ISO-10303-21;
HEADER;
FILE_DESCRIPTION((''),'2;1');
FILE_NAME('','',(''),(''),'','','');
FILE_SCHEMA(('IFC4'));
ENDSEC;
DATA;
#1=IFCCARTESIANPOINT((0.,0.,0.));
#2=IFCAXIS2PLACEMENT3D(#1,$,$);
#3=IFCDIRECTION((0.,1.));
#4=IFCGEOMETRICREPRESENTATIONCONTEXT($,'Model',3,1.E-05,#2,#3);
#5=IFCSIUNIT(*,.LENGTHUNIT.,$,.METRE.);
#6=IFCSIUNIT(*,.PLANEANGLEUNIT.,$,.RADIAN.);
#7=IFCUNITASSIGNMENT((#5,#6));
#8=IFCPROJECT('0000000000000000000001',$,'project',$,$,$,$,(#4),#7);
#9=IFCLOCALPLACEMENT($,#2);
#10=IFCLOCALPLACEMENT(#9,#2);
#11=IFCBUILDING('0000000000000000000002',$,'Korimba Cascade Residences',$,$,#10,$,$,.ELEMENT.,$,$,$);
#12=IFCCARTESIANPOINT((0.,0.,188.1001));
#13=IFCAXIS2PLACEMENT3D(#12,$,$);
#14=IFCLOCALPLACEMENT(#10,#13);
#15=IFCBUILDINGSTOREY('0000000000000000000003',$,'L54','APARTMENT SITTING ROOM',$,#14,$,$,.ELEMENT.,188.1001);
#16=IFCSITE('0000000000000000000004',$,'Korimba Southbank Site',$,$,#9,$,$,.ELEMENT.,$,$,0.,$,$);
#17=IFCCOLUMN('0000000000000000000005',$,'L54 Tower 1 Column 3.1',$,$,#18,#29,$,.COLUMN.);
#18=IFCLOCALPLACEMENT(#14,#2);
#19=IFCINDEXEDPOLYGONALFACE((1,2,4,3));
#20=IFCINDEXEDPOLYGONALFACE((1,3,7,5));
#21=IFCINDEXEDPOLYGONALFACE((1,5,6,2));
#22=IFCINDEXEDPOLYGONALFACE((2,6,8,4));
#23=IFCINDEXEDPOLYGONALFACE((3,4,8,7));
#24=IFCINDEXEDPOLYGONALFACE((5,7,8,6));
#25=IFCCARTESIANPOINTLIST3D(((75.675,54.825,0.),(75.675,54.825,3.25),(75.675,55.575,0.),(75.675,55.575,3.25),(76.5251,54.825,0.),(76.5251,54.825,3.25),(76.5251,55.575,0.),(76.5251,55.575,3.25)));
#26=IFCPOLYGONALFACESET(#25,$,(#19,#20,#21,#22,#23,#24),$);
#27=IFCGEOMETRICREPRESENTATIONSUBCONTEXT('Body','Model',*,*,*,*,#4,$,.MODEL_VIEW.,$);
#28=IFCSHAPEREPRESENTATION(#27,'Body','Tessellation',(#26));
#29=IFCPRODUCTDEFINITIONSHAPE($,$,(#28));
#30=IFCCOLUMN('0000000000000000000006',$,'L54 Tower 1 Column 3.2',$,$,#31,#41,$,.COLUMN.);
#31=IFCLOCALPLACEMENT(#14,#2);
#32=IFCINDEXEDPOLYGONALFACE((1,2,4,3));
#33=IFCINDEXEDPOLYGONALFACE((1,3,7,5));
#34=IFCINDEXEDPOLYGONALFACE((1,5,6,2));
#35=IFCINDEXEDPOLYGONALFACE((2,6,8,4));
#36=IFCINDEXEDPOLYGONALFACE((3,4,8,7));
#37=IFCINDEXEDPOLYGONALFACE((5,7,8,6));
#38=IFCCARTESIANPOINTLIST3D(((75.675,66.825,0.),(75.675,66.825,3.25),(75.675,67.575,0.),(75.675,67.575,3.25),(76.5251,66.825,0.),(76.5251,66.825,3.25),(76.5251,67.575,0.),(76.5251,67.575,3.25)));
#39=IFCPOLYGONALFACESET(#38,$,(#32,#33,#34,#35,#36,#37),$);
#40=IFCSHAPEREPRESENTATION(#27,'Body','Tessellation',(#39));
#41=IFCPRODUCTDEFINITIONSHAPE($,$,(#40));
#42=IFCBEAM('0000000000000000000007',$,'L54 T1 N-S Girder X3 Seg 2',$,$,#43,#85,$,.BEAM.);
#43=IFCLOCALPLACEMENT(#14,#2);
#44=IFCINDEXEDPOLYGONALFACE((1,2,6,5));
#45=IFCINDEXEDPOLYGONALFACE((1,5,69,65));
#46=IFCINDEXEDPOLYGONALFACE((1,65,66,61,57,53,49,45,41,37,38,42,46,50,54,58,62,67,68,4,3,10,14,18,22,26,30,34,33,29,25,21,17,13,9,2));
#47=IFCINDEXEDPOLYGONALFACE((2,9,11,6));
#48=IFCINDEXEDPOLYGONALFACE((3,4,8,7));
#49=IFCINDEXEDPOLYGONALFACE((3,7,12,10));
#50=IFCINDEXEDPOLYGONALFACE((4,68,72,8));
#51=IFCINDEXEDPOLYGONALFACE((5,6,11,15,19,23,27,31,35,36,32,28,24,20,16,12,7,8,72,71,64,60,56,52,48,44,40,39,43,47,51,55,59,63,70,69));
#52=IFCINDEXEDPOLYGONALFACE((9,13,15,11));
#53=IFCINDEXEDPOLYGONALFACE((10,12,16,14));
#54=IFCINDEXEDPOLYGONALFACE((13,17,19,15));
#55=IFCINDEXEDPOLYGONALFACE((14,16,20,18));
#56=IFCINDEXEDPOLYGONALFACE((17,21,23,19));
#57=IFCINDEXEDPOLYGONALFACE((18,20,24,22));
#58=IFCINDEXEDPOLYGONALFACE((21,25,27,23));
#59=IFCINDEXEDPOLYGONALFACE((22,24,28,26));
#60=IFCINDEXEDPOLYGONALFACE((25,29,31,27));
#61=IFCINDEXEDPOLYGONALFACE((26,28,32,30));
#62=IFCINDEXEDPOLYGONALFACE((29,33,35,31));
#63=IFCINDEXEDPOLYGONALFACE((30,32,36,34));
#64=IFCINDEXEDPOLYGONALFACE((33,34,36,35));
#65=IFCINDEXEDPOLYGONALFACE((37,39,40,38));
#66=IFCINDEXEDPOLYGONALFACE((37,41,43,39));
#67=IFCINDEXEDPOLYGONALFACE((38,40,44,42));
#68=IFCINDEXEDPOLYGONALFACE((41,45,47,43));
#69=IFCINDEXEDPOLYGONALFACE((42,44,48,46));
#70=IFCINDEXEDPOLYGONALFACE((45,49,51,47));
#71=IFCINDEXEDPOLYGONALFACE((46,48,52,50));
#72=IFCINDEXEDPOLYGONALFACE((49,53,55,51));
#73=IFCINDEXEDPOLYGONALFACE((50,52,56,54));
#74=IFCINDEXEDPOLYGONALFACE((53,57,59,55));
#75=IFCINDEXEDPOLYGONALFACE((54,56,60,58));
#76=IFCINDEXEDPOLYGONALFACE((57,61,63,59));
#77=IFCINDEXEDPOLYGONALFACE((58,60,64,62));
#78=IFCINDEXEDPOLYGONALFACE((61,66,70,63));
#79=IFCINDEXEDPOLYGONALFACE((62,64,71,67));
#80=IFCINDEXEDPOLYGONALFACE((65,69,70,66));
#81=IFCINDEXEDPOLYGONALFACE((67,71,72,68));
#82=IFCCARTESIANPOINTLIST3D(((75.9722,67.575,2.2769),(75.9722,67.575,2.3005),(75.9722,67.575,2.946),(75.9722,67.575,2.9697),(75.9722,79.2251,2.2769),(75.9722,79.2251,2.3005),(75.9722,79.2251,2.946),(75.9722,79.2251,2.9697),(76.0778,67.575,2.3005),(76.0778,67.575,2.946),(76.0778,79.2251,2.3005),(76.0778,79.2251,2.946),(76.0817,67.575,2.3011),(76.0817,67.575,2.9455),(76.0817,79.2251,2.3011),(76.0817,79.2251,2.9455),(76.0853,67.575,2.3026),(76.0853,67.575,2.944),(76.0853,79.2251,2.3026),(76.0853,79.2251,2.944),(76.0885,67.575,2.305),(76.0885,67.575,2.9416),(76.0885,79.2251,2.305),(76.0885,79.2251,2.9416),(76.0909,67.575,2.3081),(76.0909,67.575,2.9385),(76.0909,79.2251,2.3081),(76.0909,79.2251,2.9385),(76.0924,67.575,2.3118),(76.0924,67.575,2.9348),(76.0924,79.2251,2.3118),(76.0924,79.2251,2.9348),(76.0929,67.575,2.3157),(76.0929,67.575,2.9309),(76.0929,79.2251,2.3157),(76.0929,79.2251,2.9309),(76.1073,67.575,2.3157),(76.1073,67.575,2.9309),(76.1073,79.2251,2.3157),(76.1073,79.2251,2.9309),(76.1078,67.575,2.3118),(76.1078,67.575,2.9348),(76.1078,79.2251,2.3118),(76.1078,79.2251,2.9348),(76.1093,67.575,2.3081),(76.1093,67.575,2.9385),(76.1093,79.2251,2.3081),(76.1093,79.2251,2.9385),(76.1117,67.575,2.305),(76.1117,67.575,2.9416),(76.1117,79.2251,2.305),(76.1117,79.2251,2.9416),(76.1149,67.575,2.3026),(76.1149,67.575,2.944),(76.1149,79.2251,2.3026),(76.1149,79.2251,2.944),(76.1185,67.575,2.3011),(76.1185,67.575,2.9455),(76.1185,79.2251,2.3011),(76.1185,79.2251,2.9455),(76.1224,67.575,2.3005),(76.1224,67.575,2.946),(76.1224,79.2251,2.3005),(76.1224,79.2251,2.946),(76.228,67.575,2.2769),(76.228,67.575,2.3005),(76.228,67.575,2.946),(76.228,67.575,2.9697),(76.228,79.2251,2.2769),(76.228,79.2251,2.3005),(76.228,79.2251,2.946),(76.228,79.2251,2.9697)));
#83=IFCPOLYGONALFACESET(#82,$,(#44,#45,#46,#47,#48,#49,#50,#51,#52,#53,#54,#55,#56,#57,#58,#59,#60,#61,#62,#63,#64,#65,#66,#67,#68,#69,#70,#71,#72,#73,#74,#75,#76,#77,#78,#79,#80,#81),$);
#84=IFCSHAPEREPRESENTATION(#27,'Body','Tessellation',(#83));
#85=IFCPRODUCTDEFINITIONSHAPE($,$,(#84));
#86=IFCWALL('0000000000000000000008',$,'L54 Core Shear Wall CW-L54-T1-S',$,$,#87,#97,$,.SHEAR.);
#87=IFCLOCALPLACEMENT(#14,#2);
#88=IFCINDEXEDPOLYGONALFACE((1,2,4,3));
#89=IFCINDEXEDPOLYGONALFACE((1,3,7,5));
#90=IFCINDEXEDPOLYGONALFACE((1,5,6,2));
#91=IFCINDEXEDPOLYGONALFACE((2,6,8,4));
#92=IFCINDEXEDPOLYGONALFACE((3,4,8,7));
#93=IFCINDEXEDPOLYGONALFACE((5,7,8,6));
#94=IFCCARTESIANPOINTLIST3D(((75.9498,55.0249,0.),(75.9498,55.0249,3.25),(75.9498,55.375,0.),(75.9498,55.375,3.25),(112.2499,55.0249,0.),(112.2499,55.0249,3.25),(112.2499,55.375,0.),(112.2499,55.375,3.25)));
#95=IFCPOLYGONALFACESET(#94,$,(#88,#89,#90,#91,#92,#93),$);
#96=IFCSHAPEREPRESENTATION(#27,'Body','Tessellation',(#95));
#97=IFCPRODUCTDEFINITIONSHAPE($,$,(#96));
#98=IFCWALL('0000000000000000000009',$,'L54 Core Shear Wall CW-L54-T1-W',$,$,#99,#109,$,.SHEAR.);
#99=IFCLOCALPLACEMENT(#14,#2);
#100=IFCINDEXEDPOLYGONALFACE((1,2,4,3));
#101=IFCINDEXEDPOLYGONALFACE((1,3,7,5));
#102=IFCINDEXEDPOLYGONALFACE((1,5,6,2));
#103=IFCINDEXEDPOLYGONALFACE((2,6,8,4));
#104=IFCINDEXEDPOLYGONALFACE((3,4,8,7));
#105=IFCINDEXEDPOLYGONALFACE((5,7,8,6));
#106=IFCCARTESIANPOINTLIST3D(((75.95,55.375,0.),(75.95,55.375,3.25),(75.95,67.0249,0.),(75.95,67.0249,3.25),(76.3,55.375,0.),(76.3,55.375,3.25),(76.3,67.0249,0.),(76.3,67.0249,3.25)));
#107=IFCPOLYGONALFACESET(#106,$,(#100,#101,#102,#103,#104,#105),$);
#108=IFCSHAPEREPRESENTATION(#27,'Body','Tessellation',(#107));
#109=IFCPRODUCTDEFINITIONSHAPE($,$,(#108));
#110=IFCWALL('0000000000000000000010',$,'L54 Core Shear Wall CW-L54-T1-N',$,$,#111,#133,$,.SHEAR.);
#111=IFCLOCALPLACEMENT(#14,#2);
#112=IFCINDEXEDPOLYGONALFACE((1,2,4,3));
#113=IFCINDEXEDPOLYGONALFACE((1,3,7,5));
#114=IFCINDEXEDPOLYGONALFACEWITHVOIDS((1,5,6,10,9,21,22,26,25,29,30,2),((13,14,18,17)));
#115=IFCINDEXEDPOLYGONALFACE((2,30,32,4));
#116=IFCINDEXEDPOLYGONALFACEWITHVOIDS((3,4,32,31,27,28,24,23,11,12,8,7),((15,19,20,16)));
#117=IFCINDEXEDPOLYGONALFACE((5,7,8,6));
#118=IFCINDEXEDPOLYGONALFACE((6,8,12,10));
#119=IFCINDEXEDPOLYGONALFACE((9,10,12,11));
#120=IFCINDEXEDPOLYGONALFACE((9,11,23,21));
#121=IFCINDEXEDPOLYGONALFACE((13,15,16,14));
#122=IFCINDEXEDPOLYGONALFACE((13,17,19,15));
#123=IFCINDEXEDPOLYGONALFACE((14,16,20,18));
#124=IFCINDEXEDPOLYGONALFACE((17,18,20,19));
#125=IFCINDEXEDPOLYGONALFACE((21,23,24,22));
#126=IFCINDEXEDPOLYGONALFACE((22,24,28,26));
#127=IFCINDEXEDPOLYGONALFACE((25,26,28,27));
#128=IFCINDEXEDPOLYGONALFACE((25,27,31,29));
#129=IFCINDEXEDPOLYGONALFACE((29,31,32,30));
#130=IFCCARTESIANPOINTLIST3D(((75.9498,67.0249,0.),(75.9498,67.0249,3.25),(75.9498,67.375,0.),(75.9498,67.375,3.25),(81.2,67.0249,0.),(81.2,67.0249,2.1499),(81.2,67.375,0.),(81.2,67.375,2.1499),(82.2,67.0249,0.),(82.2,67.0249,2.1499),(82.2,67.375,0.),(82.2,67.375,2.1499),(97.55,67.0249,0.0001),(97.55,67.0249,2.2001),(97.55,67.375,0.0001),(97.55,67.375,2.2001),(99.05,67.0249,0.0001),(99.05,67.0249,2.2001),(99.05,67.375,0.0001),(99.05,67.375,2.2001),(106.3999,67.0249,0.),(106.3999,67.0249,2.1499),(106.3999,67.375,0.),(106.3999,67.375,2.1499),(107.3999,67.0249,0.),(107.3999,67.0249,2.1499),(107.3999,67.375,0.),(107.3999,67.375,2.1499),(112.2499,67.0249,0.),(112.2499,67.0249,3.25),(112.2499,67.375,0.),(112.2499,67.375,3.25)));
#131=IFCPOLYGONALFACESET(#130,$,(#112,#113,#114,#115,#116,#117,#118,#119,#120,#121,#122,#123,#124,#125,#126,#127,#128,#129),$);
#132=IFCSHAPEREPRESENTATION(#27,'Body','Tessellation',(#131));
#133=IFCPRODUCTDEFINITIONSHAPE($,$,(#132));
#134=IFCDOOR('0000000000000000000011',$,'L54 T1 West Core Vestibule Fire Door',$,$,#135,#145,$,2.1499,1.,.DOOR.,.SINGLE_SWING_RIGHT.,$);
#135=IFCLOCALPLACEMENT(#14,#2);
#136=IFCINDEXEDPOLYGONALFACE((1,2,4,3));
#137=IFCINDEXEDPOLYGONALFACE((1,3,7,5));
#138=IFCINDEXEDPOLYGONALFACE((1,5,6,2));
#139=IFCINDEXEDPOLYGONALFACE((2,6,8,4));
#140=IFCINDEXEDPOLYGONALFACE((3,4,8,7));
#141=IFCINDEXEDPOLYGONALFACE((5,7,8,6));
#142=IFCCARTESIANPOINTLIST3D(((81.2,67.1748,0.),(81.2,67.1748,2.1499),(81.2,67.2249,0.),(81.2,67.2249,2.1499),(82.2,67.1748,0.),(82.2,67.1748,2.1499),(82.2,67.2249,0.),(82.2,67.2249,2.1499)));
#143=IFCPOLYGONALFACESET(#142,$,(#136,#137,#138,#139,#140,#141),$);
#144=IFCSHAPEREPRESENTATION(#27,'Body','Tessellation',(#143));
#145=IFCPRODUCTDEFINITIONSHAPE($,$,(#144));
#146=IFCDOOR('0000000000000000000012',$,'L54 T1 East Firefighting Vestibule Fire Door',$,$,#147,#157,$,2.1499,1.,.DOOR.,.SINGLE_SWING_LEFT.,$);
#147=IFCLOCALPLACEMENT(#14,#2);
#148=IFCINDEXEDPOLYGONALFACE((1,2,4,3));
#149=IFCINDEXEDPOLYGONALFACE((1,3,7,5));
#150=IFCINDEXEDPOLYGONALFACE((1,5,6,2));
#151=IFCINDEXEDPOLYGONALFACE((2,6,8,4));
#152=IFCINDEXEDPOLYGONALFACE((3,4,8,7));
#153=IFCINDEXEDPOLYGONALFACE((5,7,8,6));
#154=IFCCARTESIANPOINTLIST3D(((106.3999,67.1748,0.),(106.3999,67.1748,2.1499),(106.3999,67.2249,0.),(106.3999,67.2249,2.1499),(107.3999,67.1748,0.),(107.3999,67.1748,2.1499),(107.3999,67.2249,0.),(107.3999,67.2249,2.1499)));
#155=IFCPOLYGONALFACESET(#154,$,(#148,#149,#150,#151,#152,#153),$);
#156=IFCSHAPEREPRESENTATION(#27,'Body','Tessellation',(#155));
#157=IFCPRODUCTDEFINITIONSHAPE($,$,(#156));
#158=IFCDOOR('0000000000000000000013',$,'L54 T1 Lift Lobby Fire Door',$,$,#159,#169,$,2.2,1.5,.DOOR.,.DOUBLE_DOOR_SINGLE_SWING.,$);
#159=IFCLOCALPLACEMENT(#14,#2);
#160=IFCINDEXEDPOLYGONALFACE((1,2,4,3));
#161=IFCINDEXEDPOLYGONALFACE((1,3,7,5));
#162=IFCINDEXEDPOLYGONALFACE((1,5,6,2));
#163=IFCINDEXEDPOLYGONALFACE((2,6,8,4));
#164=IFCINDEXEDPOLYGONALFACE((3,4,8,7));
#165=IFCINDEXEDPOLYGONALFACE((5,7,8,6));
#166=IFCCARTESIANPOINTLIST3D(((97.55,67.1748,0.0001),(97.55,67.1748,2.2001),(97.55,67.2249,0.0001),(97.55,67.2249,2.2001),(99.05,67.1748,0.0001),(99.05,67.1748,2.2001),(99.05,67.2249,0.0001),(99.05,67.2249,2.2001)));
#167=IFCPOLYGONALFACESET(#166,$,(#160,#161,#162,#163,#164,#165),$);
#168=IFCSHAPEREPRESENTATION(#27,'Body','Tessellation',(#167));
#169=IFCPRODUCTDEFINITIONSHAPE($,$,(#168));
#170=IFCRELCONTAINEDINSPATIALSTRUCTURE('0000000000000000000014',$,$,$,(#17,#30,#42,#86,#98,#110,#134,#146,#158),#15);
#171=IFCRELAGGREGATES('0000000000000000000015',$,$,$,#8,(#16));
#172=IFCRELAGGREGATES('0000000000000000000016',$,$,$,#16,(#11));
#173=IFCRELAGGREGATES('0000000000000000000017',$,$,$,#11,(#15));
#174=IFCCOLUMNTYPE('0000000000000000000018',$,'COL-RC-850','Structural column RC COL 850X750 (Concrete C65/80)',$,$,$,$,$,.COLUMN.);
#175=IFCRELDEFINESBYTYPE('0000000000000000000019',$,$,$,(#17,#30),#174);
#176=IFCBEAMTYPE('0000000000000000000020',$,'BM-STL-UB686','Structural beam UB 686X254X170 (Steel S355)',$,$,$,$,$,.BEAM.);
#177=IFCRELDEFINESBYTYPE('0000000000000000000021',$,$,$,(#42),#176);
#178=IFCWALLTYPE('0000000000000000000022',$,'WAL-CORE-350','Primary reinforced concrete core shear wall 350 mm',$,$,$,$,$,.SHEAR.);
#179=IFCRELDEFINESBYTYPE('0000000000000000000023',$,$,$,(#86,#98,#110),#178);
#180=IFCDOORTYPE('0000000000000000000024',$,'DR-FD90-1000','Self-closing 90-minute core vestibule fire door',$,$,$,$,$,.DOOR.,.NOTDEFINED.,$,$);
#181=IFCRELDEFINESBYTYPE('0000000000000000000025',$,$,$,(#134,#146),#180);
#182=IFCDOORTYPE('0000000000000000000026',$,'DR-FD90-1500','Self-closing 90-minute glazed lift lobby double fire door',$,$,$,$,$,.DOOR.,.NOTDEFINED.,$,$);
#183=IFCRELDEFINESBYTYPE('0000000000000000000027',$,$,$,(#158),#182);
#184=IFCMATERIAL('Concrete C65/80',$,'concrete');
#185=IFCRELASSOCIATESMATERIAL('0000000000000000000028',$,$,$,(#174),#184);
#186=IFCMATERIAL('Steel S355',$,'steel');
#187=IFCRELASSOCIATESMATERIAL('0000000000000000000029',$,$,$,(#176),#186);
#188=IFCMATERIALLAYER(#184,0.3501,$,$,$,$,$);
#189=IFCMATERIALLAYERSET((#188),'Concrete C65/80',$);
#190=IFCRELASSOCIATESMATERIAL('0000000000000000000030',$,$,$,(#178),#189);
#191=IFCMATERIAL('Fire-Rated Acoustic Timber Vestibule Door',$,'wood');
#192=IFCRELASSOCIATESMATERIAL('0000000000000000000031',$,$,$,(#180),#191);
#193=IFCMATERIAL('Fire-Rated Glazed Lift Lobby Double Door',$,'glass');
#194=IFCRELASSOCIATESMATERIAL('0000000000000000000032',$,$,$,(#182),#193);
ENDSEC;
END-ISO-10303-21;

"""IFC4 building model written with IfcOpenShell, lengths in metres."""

from ifc_helpers import new_model, si_unit, direction, frame, frame_2d, origin, origin_2d, place, context, subcontext, project, spatial, rectangle, i_section, extrude, material, layer, layer_set, material_profile, profile_set, type_object, element, fill, save


model = new_model("IFC4")

# Units and contexts
model_context = context("Model", 3, precision=1e-05, world=origin(), true_north=direction((0.0, 1.0)))
body_context = subcontext(model_context, "Body", "Model", "MODEL_VIEW")
ifc_project = project(units=[si_unit("LENGTHUNIT", "METRE"), si_unit("PLANEANGLEUNIT", "RADIAN")], contexts=[model_context])

# Site, building, storey
site_placement = place(None, origin())
site = spatial("IfcSite", under=ifc_project, at=site_placement, Name="Korimba Southbank Site", CompositionType="ELEMENT", RefElevation=0.0)
building_placement = place(site_placement, origin())
building = spatial("IfcBuilding", under=site, at=building_placement, Name="Korimba Cascade Residences", CompositionType="ELEMENT")
storey_placement = place(building_placement, frame((0.0, 0.0, 188.1001)))
storey = spatial("IfcBuildingStorey", under=building, at=storey_placement, Name="L54", Description="APARTMENT SITTING ROOM", CompositionType="ELEMENT", Elevation=188.1001)

# Columns
ifc_material_1 = material(Name="Concrete C65/80", Category="concrete")
ifc_material_profile_1 = material_profile(ifc_material_1, rectangle(XDim=0.8501, YDim=0.75, at=origin_2d()), Name="Concrete C65/80")
ifc_profile_set_1 = profile_set([ifc_material_profile_1], Name="Concrete C65/80")
column_type = type_object("IfcColumnType", Name="COL-RC-850", Description="Structural column RC COL 850X750 (Concrete C65/80)", PredefinedType="COLUMN", material=ifc_profile_set_1)
for number, where, z_axis, x_axis, name in (
    (1, (76.1001, 55.2, 0.0), (0.0, 0.0, 1.0), (1.0, 0.0, 0.0), "L54 Tower 1 Column 3.1"),
    (2, (76.1001, 67.2, 0.0), (0.0, 0.0, 1.0), (1.0, 0.0, 0.0), "L54 Tower 1 Column 3.2"),
):
    element("IfcColumn", number, at=place(storey_placement, frame(where, z_axis=z_axis, x_axis=x_axis)), inside=storey, type_object=column_type, Name=name, PredefinedType="COLUMN", context=body_context, shape_type="SweptSolid", body=[
        extrude(rectangle(XDim=0.8501, YDim=0.75, at=origin_2d()), origin(), (0.0, 0.0, 1.0), 3.25),
    ])

# Beam
ifc_material_2 = material(Name="Steel S355", Category="steel")
ifc_material_profile_2 = material_profile(ifc_material_2, i_section(OverallWidth=0.2559, OverallDepth=0.6929, WebThickness=0.0144, FlangeThickness=0.0237, FilletRadius=0.0151, at=origin_2d()), Name="Steel S355")
ifc_profile_set_2 = profile_set([ifc_material_profile_2], Name="Steel S355")
beam_type = type_object("IfcBeamType", Name="BM-STL-UB686", Description="Structural beam UB 686X254X170 (Steel S355)", PredefinedType="BEAM", material=ifc_profile_set_2)
beam_placement = place(storey_placement, frame((76.1001, 67.575, 2.6233), z_axis=(0.0, 1.0, 0.0), x_axis=(-1.0, 0.0, 0.0)))
element("IfcBeam", 3, at=beam_placement, inside=storey, type_object=beam_type, Name="L54 T1 N-S Girder X3 Seg 2", PredefinedType="BEAM", context=body_context, shape_type="SweptSolid", body=[
    extrude(i_section(OverallWidth=0.2559, OverallDepth=0.6929, WebThickness=0.0144, FlangeThickness=0.0237, FilletRadius=0.0151, at=origin_2d()), origin(), (0.0, 0.0, 1.0), 11.6501),
])

# Walls
ifc_layer_1 = layer(ifc_material_1, 0.3501)
ifc_layer_set_1 = layer_set([ifc_layer_1], Name="Concrete C65/80")
wall_type_1 = type_object("IfcWallType", Name="WAL-CORE-350", Description="Primary reinforced concrete core shear wall 350 mm", PredefinedType="SHEAR", material=ifc_layer_set_1)
wall_1_placement = place(storey_placement, frame((75.95, 55.2, 0.0), z_axis=(0.0, 0.0, 1.0), x_axis=(1.0, 0.0, 0.0)))
element("IfcWall", 4, at=wall_1_placement, inside=storey, type_object=wall_type_1, Name="L54 Core Shear Wall CW-L54-T1-S", PredefinedType="SHEAR", context=body_context, shape_type="SweptSolid", body=[
    extrude(rectangle(XDim=36.3, YDim=0.3501, at=frame_2d((18.1499, 0.0))), origin(), (0.0, 0.0, 1.0), 3.25),
])
wall_2_placement = place(storey_placement, frame((76.125, 55.375, 0.0), z_axis=(0.0, 0.0, 1.0), x_axis=(0.0, 1.0, 0.0)))
element("IfcWall", 5, at=wall_2_placement, inside=storey, type_object=wall_type_1, Name="L54 Core Shear Wall CW-L54-T1-W", PredefinedType="SHEAR", context=body_context, shape_type="SweptSolid", body=[
    extrude(rectangle(XDim=11.6499, YDim=0.3501, at=frame_2d((5.825, 0.0))), origin(), (0.0, 0.0, 1.0), 3.25),
])

# Wall, openings, doors
wall_3_placement = place(storey_placement, frame((75.95, 67.2, 0.0), z_axis=(0.0, 0.0, 1.0), x_axis=(1.0, 0.0, 0.0)))
wall_3 = element("IfcWall", 6, at=wall_3_placement, inside=storey, type_object=wall_type_1, Name="L54 Core Shear Wall CW-L54-T1-N", PredefinedType="SHEAR", context=body_context, shape_type="SweptSolid", body=[
    extrude(rectangle(XDim=36.3, YDim=0.3501, at=frame_2d((18.1499, 0.0))), origin(), (0.0, 0.0, 1.0), 3.25),
])
opening_1_placement = place(wall_3_placement, frame((5.25, 0.0, 0.0)))
opening_1 = element("IfcOpeningElement", 7, at=opening_1_placement, cuts=wall_3, PredefinedType="OPENING", context=body_context, shape_type="SweptSolid", body=[
    extrude(rectangle(XDim=1.0, YDim=2.1499, at=frame_2d((0.5, 1.075))), frame((0.0, 0.1851, 0.0), z_axis=(0.0, -1.0, 0.0), x_axis=(1.0, 0.0, 0.0)), (0.0, 0.0, 1.0), 0.3701),
])
opening_2_placement = place(wall_3_placement, frame((21.6001, 0.0, 0.0)))
opening_2 = element("IfcOpeningElement", 8, at=opening_2_placement, cuts=wall_3, PredefinedType="OPENING", context=body_context, shape_type="SweptSolid", body=[
    extrude(rectangle(XDim=1.5, YDim=2.2, at=frame_2d((0.75, 1.1001))), frame((0.0, 0.1851, 0.0), z_axis=(0.0, -1.0, 0.0), x_axis=(1.0, 0.0, 0.0)), (0.0, 0.0, 1.0), 0.3701),
])
opening_3_placement = place(wall_3_placement, frame((30.45, 0.0, 0.0)))
opening_3 = element("IfcOpeningElement", 9, at=opening_3_placement, cuts=wall_3, PredefinedType="OPENING", context=body_context, shape_type="SweptSolid", body=[
    extrude(rectangle(XDim=1.0, YDim=2.1499, at=frame_2d((0.5, 1.075))), frame((0.0, 0.1851, 0.0), z_axis=(0.0, -1.0, 0.0), x_axis=(1.0, 0.0, 0.0)), (0.0, 0.0, 1.0), 0.3701),
])
ifc_material_3 = material(Name="Fire-Rated Acoustic Timber Vestibule Door", Category="wood")
door_type_1 = type_object("IfcDoorType", Name="DR-FD90-1000", Description="Self-closing 90-minute core vestibule fire door", OperationType="NOTDEFINED", PredefinedType="DOOR", material=ifc_material_3)
door_1_placement = place(opening_1_placement, origin())
door_1 = element("IfcDoor", 10, at=door_1_placement, inside=storey, type_object=door_type_1, Name="L54 T1 West Core Vestibule Fire Door", OperationType="SINGLE_SWING_RIGHT", OverallHeight=2.1499, OverallWidth=1.0, PredefinedType="DOOR", context=body_context, shape_type="SweptSolid", body=[
    extrude(rectangle(XDim=1.0, YDim=2.1499, at=frame_2d((0.5, 1.075))), frame((0.0, 0.0249, 0.0), z_axis=(0.0, -1.0, 0.0), x_axis=(1.0, 0.0, 0.0)), (0.0, 0.0, 1.0), 0.05),
])
fill(opening_1, door_1)
door_2_placement = place(opening_3_placement, origin())
door_2 = element("IfcDoor", 11, at=door_2_placement, inside=storey, type_object=door_type_1, Name="L54 T1 East Firefighting Vestibule Fire Door", OperationType="SINGLE_SWING_LEFT", OverallHeight=2.1499, OverallWidth=1.0, PredefinedType="DOOR", context=body_context, shape_type="SweptSolid", body=[
    extrude(rectangle(XDim=1.0, YDim=2.1499, at=frame_2d((0.5, 1.075))), frame((0.0, 0.0249, 0.0), z_axis=(0.0, -1.0, 0.0), x_axis=(1.0, 0.0, 0.0)), (0.0, 0.0, 1.0), 0.05),
])
fill(opening_3, door_2)
ifc_material_4 = material(Name="Fire-Rated Glazed Lift Lobby Double Door", Category="glass")
door_type_2 = type_object("IfcDoorType", Name="DR-FD90-1500", Description="Self-closing 90-minute glazed lift lobby double fire door", OperationType="NOTDEFINED", PredefinedType="DOOR", material=ifc_material_4)
door_3_placement = place(opening_2_placement, origin())
door_3 = element("IfcDoor", 12, at=door_3_placement, inside=storey, type_object=door_type_2, Name="L54 T1 Lift Lobby Fire Door", OperationType="DOUBLE_DOOR_SINGLE_SWING", OverallHeight=2.2, OverallWidth=1.5, PredefinedType="DOOR", context=body_context, shape_type="SweptSolid", body=[
    extrude(rectangle(XDim=1.5, YDim=2.2, at=frame_2d((0.75, 1.1001))), frame((0.0, 0.0249, 0.0), z_axis=(0.0, -1.0, 0.0), x_axis=(1.0, 0.0, 0.0)), (0.0, 0.0, 1.0), 0.05),
])
fill(opening_2, door_3)

save(model, "model.ifc")
